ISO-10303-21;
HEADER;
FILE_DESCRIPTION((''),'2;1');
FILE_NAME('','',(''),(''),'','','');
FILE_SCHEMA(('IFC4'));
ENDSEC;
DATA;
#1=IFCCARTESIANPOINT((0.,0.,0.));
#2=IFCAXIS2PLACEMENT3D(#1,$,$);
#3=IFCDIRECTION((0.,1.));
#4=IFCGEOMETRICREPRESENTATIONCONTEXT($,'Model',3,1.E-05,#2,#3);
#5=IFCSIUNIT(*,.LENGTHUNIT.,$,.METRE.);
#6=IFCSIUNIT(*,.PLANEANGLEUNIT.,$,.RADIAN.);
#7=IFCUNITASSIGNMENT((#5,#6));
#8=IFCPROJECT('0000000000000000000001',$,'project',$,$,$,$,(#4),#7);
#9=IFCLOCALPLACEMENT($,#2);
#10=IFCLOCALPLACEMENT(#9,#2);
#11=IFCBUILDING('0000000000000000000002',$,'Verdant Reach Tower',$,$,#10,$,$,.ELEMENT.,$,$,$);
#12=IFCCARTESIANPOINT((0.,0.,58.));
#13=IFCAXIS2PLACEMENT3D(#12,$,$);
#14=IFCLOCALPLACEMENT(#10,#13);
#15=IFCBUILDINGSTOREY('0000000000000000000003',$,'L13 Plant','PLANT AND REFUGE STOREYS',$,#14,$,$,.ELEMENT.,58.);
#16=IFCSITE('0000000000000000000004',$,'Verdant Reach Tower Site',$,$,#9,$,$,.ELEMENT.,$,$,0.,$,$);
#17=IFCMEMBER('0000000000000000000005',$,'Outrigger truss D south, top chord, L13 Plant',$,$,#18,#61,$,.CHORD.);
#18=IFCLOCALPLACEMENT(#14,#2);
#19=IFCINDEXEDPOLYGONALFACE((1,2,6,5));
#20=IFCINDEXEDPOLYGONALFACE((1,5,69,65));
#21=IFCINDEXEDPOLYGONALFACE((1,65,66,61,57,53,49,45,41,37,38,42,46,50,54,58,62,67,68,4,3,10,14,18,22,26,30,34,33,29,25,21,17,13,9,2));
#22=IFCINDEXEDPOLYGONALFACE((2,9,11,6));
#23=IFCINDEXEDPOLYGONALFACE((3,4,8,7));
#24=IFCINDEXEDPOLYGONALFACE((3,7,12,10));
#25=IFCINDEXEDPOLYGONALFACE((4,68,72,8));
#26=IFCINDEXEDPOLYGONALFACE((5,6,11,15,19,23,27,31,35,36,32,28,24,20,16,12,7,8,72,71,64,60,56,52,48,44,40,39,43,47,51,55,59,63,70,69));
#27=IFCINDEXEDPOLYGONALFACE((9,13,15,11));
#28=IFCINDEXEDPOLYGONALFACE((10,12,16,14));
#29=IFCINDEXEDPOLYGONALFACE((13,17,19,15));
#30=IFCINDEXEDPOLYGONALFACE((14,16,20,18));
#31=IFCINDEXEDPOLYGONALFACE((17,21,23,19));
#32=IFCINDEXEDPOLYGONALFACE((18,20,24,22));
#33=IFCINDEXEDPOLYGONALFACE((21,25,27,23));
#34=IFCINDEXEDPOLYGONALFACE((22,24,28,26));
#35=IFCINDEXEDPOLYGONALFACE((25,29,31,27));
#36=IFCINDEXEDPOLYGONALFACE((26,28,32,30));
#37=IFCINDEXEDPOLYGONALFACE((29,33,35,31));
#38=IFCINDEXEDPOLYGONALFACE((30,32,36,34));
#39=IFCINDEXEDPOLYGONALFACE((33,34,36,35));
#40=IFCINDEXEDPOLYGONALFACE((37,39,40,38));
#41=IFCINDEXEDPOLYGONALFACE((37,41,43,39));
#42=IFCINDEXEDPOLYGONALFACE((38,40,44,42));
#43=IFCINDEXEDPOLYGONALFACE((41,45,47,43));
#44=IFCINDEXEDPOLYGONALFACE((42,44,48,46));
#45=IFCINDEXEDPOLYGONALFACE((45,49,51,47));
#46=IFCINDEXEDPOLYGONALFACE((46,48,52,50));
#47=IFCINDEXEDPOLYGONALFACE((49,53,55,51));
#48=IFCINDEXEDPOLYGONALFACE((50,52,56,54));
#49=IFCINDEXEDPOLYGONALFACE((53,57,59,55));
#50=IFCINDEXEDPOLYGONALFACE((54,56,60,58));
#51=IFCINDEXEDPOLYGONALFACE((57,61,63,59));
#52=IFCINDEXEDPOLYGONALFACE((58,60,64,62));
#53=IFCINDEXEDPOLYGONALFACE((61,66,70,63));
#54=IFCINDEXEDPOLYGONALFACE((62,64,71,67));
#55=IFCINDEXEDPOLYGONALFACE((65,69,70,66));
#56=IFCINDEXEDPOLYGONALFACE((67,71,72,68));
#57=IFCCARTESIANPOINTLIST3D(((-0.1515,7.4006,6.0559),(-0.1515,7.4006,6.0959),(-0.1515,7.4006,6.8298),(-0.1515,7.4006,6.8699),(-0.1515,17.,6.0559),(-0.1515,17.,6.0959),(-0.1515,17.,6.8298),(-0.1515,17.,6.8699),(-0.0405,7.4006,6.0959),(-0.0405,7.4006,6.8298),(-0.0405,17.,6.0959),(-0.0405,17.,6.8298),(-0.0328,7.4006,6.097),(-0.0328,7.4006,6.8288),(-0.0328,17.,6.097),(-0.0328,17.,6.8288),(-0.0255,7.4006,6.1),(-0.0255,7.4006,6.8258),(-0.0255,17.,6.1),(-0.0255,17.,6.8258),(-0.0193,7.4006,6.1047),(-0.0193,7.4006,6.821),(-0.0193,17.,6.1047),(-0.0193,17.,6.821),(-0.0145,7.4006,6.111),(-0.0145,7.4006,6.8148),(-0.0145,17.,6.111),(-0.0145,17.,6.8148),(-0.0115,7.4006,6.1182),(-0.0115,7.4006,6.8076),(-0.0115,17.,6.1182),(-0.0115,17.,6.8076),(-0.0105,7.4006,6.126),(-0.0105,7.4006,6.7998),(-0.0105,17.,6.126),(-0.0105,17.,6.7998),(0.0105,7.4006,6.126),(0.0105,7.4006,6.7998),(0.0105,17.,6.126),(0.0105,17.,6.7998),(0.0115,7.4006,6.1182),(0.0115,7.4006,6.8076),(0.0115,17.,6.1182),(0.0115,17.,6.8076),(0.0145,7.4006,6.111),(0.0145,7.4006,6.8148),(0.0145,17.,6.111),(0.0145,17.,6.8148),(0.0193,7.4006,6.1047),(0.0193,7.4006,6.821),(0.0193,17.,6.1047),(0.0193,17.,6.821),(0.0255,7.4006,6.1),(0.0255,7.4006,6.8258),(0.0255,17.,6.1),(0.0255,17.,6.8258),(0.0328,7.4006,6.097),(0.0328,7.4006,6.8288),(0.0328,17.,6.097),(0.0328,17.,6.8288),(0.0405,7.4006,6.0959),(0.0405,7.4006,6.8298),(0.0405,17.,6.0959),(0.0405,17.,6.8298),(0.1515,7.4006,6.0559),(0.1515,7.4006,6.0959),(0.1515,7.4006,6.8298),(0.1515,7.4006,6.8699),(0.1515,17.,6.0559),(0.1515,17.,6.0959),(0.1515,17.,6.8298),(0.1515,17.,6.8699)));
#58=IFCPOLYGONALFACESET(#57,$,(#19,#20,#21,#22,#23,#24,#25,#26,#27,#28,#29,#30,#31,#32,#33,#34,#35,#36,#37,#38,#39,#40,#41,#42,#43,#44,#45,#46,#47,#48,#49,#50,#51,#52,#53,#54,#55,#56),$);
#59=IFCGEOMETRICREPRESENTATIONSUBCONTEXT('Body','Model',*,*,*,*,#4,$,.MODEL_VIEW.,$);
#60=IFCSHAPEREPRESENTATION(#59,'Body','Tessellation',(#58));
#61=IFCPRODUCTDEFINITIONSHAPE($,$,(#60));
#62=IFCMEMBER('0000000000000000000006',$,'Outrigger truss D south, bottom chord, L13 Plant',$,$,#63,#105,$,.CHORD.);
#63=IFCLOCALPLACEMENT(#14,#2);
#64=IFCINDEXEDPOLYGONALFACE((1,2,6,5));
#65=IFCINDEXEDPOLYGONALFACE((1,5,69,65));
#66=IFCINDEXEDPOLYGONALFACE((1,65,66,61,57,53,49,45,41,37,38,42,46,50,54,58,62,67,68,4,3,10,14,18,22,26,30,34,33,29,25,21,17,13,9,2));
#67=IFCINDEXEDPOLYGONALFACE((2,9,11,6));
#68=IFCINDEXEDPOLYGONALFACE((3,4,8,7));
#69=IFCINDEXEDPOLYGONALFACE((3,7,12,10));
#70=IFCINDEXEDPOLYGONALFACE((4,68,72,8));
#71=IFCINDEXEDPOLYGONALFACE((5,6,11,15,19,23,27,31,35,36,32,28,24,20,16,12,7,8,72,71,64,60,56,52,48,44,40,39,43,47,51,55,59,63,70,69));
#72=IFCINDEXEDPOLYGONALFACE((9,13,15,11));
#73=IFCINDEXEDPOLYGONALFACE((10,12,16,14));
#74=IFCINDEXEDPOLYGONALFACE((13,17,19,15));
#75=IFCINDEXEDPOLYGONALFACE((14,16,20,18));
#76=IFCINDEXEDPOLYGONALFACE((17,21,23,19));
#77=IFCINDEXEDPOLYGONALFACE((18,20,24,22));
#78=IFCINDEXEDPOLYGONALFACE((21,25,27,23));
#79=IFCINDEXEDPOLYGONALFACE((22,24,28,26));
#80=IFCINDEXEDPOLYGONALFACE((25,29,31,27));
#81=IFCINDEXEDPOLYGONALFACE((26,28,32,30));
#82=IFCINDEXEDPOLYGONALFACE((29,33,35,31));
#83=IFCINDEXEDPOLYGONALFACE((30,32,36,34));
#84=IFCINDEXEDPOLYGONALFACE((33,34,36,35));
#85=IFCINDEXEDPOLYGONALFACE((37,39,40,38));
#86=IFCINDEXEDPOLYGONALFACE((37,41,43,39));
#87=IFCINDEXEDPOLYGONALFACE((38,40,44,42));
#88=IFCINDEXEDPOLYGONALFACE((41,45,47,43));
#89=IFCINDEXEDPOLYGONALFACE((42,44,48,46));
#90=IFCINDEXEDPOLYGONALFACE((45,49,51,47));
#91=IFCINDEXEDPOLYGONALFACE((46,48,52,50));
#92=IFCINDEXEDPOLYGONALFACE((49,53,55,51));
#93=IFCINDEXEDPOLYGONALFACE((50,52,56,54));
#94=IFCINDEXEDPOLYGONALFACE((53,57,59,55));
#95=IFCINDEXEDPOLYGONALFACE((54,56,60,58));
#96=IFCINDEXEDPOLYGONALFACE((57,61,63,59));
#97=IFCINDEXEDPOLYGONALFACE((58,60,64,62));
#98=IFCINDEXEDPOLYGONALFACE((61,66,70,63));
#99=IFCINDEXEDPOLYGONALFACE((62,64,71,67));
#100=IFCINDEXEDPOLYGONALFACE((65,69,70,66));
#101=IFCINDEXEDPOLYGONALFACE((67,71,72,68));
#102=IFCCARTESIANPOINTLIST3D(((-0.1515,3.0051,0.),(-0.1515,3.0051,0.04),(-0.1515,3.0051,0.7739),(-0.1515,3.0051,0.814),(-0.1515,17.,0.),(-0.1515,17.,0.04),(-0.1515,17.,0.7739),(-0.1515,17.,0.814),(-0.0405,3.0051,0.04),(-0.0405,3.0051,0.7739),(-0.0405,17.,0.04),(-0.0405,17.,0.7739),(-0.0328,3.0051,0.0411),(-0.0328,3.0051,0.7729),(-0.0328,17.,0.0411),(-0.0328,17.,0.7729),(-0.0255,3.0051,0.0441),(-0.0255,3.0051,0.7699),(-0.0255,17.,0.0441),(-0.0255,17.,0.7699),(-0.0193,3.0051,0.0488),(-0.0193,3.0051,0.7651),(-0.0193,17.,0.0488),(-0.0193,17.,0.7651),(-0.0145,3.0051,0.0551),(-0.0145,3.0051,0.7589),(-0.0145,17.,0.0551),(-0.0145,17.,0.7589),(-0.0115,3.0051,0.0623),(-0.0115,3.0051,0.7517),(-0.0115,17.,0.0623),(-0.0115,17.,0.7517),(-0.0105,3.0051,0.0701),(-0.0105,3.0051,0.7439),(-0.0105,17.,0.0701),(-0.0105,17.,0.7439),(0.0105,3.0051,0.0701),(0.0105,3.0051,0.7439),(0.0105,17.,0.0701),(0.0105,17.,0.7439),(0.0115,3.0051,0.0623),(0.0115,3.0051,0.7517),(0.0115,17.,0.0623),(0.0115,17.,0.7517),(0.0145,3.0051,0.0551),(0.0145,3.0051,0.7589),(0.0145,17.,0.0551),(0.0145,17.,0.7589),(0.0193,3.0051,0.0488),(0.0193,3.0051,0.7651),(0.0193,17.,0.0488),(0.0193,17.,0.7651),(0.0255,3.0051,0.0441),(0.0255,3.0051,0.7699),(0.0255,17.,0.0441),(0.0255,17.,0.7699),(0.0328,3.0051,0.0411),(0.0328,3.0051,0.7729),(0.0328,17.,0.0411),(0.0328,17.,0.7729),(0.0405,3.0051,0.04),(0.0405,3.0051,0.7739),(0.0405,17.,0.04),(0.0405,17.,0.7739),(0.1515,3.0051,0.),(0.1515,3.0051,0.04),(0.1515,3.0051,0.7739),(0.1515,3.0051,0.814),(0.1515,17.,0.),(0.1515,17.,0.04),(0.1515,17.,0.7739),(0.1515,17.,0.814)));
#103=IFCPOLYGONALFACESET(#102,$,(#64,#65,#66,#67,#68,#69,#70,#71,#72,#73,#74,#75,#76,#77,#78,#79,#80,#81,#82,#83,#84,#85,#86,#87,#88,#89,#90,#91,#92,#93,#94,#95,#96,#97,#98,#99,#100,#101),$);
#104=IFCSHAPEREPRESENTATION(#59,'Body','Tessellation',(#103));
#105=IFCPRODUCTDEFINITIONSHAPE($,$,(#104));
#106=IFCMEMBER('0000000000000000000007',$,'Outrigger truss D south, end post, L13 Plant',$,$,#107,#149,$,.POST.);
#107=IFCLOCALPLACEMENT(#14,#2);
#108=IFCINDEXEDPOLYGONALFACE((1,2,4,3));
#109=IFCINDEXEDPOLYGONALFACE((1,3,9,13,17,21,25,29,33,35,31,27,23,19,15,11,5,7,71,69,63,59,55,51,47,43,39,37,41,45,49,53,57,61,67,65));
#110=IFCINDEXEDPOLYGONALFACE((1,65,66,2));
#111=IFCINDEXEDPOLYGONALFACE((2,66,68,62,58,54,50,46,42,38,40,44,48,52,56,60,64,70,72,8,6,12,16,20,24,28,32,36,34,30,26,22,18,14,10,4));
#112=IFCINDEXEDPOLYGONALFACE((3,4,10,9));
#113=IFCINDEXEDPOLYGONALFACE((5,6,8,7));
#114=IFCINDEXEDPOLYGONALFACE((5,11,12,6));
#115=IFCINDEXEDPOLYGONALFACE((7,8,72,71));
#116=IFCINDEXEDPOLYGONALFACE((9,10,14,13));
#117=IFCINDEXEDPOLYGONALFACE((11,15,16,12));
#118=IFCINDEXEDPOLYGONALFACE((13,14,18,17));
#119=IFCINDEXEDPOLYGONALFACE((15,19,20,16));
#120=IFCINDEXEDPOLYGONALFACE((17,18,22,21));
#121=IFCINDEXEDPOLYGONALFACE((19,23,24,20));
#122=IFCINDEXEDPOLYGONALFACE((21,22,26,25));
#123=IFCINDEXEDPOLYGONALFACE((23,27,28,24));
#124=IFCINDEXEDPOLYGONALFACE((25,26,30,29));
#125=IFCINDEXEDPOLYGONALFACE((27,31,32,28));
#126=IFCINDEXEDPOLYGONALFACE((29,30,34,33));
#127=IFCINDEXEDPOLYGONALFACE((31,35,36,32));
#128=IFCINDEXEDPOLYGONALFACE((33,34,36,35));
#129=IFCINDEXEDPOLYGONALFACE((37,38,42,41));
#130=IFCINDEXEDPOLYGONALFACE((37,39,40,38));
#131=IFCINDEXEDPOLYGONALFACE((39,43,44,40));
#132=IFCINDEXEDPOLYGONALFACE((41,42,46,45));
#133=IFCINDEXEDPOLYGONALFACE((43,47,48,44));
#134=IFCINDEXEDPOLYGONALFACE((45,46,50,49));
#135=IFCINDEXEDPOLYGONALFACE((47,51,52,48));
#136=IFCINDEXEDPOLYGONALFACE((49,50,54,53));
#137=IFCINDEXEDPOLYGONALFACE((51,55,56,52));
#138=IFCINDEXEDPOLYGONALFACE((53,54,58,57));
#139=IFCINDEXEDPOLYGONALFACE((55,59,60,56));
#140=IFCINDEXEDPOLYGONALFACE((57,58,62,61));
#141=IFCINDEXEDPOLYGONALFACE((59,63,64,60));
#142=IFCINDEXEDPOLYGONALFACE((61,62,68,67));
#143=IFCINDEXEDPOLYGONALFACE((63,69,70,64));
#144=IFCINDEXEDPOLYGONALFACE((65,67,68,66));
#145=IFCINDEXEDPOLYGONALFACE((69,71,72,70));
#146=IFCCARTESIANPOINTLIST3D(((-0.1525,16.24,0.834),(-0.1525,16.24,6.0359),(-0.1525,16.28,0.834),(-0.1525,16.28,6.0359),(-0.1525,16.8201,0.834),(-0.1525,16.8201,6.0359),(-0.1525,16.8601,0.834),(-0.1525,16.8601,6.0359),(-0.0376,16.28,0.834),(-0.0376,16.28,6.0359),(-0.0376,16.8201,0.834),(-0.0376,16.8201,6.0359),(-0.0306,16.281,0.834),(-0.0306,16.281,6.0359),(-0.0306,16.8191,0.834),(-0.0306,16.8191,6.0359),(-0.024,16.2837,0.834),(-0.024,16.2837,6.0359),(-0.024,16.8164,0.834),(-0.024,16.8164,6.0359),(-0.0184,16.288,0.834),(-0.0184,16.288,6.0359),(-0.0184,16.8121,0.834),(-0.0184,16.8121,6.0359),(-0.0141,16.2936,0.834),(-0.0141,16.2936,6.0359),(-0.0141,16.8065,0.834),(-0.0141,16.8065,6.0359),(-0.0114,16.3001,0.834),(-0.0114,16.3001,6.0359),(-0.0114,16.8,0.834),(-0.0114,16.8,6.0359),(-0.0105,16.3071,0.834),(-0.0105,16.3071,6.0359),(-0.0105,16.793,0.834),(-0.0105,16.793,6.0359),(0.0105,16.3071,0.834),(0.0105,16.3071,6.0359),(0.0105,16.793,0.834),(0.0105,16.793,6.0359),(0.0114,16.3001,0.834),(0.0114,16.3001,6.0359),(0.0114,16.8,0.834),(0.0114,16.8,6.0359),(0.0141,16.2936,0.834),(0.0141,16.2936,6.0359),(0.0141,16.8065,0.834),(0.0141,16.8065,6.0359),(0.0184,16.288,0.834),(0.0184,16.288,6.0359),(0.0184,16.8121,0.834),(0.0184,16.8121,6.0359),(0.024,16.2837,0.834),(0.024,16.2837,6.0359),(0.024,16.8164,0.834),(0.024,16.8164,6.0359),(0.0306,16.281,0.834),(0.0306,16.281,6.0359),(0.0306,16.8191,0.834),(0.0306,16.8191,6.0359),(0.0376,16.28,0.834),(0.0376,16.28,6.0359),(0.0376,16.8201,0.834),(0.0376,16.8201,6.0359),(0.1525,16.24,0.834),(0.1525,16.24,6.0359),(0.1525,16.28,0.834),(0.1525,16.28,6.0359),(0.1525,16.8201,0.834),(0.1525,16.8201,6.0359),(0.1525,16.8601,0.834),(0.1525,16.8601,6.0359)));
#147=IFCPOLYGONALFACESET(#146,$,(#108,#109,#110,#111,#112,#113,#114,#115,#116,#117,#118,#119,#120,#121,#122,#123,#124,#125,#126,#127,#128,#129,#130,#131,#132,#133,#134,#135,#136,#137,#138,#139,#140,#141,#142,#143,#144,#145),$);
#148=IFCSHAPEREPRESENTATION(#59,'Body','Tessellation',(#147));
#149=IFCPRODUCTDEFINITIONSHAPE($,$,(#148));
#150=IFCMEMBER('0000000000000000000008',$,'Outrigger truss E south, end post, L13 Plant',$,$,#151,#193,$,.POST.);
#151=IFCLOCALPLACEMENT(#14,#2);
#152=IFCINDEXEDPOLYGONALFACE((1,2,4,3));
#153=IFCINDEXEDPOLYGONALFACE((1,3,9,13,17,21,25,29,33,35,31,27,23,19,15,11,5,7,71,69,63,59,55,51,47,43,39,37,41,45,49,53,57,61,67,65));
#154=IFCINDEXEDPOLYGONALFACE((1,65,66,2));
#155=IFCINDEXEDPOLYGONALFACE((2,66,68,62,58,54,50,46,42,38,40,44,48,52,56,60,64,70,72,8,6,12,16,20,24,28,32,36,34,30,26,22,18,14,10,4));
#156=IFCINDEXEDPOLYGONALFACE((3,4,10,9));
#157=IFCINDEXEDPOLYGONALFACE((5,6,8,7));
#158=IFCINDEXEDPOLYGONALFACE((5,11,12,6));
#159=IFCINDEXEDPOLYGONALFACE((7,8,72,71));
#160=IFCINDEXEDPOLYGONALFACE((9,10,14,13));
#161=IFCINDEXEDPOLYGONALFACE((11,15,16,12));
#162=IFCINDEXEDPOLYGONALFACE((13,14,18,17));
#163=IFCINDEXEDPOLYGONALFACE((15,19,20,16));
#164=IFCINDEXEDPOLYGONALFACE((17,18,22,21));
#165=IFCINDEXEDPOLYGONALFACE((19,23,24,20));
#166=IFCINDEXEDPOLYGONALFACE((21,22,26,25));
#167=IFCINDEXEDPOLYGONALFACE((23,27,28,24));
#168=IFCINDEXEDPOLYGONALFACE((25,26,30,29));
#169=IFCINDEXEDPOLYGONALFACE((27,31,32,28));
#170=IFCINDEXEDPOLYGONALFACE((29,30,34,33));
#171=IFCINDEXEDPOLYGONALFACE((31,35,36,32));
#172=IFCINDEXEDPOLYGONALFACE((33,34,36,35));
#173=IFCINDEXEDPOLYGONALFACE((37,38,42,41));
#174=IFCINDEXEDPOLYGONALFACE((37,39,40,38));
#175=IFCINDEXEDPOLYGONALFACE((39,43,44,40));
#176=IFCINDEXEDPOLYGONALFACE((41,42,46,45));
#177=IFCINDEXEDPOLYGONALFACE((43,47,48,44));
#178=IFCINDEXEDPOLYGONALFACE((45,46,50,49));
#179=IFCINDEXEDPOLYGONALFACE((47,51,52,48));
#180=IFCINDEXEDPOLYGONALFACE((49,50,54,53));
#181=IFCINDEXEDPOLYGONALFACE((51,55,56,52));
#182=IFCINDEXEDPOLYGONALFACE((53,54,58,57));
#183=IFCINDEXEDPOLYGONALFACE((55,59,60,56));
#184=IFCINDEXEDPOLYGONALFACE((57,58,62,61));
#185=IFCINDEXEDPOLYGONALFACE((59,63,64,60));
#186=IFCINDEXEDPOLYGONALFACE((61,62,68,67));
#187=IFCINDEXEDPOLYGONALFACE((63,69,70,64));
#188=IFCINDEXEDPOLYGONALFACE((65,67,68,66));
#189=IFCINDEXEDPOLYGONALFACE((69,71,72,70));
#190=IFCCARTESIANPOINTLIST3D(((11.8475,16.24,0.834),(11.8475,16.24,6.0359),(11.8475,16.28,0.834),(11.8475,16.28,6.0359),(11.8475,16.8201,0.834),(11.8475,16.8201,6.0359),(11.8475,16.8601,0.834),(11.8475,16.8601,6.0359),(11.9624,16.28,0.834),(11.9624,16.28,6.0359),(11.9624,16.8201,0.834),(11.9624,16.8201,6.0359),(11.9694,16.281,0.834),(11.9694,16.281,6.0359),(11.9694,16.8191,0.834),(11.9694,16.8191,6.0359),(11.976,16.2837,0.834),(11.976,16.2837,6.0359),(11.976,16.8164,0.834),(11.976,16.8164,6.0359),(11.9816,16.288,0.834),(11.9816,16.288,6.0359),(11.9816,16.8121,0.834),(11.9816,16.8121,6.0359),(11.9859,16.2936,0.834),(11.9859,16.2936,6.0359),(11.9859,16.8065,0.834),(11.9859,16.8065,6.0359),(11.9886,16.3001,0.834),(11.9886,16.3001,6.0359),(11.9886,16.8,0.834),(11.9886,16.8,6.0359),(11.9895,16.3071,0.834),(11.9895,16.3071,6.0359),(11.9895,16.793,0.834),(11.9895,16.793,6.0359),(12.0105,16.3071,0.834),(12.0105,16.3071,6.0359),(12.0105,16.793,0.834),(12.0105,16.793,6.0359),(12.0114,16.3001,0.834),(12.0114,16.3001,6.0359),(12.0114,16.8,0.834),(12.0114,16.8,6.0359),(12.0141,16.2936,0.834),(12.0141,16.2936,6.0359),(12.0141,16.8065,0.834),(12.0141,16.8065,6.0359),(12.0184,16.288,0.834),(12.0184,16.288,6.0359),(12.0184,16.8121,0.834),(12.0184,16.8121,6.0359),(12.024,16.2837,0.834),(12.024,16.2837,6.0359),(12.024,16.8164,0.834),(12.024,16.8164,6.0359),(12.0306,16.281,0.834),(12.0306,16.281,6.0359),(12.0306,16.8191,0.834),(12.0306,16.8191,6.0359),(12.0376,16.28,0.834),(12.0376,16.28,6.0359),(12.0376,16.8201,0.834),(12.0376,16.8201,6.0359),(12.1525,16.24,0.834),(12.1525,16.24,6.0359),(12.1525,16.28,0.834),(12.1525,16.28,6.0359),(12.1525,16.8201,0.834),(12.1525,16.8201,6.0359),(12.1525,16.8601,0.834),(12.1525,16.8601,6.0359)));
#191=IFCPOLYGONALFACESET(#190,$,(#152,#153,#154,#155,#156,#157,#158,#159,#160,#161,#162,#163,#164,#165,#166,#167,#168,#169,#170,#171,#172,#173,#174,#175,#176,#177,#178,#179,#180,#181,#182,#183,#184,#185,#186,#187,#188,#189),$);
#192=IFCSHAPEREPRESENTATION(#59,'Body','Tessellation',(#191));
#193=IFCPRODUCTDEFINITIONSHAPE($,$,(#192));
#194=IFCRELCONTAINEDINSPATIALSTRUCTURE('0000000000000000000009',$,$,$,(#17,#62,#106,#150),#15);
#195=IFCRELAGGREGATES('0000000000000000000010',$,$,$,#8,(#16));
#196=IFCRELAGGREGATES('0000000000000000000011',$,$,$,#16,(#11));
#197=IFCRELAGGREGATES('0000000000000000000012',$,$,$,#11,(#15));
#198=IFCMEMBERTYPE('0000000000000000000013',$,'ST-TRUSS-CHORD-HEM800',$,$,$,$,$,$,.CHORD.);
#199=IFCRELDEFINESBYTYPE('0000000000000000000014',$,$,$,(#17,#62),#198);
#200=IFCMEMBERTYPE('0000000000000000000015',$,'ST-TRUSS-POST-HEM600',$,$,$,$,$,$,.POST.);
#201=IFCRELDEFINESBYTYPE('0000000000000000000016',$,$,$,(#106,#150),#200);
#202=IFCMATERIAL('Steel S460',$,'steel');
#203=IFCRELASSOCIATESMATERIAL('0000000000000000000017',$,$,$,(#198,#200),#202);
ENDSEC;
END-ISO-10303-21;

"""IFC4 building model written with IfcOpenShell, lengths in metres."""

from ifc_helpers import new_model, si_unit, direction, frame, origin, origin_2d, place, context, subcontext, project, spatial, i_section, extrude, material, material_profile, profile_set, type_object, element, save


model = new_model("IFC4")

# Units and contexts
model_context = context("Model", 3, precision=1e-05, world=origin(), true_north=direction((0.0, 1.0)))
body_context = subcontext(model_context, "Body", "Model", "MODEL_VIEW")
ifc_project = project(units=[si_unit("LENGTHUNIT", "METRE"), si_unit("PLANEANGLEUNIT", "RADIAN")], contexts=[model_context])

# Site, building, storey
site_placement = place(None, origin())
site = spatial("IfcSite", under=ifc_project, at=site_placement, Name="Verdant Reach Tower Site", CompositionType="ELEMENT", RefElevation=0.0)
building_placement = place(site_placement, origin())
building = spatial("IfcBuilding", under=site, at=building_placement, Name="Verdant Reach Tower", CompositionType="ELEMENT")
storey_placement = place(building_placement, frame((0.0, 0.0, 58.0)))
storey = spatial("IfcBuildingStorey", under=building, at=storey_placement, Name="L13 Plant", Description="PLANT AND REFUGE STOREYS", CompositionType="ELEMENT", Elevation=58.0)

# Members
ifc_material_1 = material(Name="Steel S460", Category="steel")
ifc_material_profile_1 = material_profile(ifc_material_1, i_section(OverallWidth=0.303, OverallDepth=0.814, WebThickness=0.021, FlangeThickness=0.04, FilletRadius=0.03, at=origin_2d()), Name="HEM 800")
ifc_profile_set_1 = profile_set([ifc_material_profile_1], Name="Steel S460")
member_type_1 = type_object("IfcMemberType", Name="ST-TRUSS-CHORD-HEM800", PredefinedType="CHORD", material=ifc_profile_set_1)
member_1_placement = place(storey_placement, frame((0.0, 17.0, 6.4629), z_axis=(0.0, -1.0, 0.0), x_axis=(1.0, 0.0, 0.0)))
element("IfcMember", 1, at=member_1_placement, inside=storey, type_object=member_type_1, Name="Outrigger truss D south, top chord, L13 Plant", PredefinedType="CHORD", context=body_context, shape_type="SweptSolid", body=[
    extrude(i_section(OverallWidth=0.303, OverallDepth=0.814, WebThickness=0.021, FlangeThickness=0.04, FilletRadius=0.03, at=origin_2d()), origin(), (0.0, 0.0, 1.0), 9.5994),
])
member_2_placement = place(storey_placement, frame((0.0, 17.0, 0.407), z_axis=(0.0, -1.0, 0.0), x_axis=(1.0, 0.0, 0.0)))
element("IfcMember", 2, at=member_2_placement, inside=storey, type_object=member_type_1, Name="Outrigger truss D south, bottom chord, L13 Plant", PredefinedType="CHORD", context=body_context, shape_type="SweptSolid", body=[
    extrude(i_section(OverallWidth=0.303, OverallDepth=0.814, WebThickness=0.021, FlangeThickness=0.04, FilletRadius=0.03, at=origin_2d()), origin(), (0.0, 0.0, 1.0), 13.9949),
])
ifc_material_profile_2 = material_profile(ifc_material_1, i_section(OverallWidth=0.3049, OverallDepth=0.6201, WebThickness=0.021, FlangeThickness=0.04, FilletRadius=0.0271, at=origin_2d()), Name="HEM 600")
ifc_profile_set_2 = profile_set([ifc_material_profile_2], Name="Steel S460")
member_type_2 = type_object("IfcMemberType", Name="ST-TRUSS-POST-HEM600", PredefinedType="POST", material=ifc_profile_set_2)
for number, where, z_axis, x_axis, name in (
    (3, (0.0, 16.55, 0.834), (0.0, 0.0, 1.0), (1.0, 0.0, 0.0), "Outrigger truss D south, end post, L13 Plant"),
    (4, (12.0, 16.55, 0.834), (0.0, 0.0, 1.0), (1.0, 0.0, 0.0), "Outrigger truss E south, end post, L13 Plant"),
):
    element("IfcMember", number, at=place(storey_placement, frame(where, z_axis=z_axis, x_axis=x_axis)), inside=storey, type_object=member_type_2, Name=name, PredefinedType="POST", context=body_context, shape_type="SweptSolid", body=[
        extrude(i_section(OverallWidth=0.3049, OverallDepth=0.6201, WebThickness=0.021, FlangeThickness=0.04, FilletRadius=0.0271, at=origin_2d()), origin(), (0.0, 0.0, 1.0), 5.2019),
    ])

save(model, "model.ifc")
